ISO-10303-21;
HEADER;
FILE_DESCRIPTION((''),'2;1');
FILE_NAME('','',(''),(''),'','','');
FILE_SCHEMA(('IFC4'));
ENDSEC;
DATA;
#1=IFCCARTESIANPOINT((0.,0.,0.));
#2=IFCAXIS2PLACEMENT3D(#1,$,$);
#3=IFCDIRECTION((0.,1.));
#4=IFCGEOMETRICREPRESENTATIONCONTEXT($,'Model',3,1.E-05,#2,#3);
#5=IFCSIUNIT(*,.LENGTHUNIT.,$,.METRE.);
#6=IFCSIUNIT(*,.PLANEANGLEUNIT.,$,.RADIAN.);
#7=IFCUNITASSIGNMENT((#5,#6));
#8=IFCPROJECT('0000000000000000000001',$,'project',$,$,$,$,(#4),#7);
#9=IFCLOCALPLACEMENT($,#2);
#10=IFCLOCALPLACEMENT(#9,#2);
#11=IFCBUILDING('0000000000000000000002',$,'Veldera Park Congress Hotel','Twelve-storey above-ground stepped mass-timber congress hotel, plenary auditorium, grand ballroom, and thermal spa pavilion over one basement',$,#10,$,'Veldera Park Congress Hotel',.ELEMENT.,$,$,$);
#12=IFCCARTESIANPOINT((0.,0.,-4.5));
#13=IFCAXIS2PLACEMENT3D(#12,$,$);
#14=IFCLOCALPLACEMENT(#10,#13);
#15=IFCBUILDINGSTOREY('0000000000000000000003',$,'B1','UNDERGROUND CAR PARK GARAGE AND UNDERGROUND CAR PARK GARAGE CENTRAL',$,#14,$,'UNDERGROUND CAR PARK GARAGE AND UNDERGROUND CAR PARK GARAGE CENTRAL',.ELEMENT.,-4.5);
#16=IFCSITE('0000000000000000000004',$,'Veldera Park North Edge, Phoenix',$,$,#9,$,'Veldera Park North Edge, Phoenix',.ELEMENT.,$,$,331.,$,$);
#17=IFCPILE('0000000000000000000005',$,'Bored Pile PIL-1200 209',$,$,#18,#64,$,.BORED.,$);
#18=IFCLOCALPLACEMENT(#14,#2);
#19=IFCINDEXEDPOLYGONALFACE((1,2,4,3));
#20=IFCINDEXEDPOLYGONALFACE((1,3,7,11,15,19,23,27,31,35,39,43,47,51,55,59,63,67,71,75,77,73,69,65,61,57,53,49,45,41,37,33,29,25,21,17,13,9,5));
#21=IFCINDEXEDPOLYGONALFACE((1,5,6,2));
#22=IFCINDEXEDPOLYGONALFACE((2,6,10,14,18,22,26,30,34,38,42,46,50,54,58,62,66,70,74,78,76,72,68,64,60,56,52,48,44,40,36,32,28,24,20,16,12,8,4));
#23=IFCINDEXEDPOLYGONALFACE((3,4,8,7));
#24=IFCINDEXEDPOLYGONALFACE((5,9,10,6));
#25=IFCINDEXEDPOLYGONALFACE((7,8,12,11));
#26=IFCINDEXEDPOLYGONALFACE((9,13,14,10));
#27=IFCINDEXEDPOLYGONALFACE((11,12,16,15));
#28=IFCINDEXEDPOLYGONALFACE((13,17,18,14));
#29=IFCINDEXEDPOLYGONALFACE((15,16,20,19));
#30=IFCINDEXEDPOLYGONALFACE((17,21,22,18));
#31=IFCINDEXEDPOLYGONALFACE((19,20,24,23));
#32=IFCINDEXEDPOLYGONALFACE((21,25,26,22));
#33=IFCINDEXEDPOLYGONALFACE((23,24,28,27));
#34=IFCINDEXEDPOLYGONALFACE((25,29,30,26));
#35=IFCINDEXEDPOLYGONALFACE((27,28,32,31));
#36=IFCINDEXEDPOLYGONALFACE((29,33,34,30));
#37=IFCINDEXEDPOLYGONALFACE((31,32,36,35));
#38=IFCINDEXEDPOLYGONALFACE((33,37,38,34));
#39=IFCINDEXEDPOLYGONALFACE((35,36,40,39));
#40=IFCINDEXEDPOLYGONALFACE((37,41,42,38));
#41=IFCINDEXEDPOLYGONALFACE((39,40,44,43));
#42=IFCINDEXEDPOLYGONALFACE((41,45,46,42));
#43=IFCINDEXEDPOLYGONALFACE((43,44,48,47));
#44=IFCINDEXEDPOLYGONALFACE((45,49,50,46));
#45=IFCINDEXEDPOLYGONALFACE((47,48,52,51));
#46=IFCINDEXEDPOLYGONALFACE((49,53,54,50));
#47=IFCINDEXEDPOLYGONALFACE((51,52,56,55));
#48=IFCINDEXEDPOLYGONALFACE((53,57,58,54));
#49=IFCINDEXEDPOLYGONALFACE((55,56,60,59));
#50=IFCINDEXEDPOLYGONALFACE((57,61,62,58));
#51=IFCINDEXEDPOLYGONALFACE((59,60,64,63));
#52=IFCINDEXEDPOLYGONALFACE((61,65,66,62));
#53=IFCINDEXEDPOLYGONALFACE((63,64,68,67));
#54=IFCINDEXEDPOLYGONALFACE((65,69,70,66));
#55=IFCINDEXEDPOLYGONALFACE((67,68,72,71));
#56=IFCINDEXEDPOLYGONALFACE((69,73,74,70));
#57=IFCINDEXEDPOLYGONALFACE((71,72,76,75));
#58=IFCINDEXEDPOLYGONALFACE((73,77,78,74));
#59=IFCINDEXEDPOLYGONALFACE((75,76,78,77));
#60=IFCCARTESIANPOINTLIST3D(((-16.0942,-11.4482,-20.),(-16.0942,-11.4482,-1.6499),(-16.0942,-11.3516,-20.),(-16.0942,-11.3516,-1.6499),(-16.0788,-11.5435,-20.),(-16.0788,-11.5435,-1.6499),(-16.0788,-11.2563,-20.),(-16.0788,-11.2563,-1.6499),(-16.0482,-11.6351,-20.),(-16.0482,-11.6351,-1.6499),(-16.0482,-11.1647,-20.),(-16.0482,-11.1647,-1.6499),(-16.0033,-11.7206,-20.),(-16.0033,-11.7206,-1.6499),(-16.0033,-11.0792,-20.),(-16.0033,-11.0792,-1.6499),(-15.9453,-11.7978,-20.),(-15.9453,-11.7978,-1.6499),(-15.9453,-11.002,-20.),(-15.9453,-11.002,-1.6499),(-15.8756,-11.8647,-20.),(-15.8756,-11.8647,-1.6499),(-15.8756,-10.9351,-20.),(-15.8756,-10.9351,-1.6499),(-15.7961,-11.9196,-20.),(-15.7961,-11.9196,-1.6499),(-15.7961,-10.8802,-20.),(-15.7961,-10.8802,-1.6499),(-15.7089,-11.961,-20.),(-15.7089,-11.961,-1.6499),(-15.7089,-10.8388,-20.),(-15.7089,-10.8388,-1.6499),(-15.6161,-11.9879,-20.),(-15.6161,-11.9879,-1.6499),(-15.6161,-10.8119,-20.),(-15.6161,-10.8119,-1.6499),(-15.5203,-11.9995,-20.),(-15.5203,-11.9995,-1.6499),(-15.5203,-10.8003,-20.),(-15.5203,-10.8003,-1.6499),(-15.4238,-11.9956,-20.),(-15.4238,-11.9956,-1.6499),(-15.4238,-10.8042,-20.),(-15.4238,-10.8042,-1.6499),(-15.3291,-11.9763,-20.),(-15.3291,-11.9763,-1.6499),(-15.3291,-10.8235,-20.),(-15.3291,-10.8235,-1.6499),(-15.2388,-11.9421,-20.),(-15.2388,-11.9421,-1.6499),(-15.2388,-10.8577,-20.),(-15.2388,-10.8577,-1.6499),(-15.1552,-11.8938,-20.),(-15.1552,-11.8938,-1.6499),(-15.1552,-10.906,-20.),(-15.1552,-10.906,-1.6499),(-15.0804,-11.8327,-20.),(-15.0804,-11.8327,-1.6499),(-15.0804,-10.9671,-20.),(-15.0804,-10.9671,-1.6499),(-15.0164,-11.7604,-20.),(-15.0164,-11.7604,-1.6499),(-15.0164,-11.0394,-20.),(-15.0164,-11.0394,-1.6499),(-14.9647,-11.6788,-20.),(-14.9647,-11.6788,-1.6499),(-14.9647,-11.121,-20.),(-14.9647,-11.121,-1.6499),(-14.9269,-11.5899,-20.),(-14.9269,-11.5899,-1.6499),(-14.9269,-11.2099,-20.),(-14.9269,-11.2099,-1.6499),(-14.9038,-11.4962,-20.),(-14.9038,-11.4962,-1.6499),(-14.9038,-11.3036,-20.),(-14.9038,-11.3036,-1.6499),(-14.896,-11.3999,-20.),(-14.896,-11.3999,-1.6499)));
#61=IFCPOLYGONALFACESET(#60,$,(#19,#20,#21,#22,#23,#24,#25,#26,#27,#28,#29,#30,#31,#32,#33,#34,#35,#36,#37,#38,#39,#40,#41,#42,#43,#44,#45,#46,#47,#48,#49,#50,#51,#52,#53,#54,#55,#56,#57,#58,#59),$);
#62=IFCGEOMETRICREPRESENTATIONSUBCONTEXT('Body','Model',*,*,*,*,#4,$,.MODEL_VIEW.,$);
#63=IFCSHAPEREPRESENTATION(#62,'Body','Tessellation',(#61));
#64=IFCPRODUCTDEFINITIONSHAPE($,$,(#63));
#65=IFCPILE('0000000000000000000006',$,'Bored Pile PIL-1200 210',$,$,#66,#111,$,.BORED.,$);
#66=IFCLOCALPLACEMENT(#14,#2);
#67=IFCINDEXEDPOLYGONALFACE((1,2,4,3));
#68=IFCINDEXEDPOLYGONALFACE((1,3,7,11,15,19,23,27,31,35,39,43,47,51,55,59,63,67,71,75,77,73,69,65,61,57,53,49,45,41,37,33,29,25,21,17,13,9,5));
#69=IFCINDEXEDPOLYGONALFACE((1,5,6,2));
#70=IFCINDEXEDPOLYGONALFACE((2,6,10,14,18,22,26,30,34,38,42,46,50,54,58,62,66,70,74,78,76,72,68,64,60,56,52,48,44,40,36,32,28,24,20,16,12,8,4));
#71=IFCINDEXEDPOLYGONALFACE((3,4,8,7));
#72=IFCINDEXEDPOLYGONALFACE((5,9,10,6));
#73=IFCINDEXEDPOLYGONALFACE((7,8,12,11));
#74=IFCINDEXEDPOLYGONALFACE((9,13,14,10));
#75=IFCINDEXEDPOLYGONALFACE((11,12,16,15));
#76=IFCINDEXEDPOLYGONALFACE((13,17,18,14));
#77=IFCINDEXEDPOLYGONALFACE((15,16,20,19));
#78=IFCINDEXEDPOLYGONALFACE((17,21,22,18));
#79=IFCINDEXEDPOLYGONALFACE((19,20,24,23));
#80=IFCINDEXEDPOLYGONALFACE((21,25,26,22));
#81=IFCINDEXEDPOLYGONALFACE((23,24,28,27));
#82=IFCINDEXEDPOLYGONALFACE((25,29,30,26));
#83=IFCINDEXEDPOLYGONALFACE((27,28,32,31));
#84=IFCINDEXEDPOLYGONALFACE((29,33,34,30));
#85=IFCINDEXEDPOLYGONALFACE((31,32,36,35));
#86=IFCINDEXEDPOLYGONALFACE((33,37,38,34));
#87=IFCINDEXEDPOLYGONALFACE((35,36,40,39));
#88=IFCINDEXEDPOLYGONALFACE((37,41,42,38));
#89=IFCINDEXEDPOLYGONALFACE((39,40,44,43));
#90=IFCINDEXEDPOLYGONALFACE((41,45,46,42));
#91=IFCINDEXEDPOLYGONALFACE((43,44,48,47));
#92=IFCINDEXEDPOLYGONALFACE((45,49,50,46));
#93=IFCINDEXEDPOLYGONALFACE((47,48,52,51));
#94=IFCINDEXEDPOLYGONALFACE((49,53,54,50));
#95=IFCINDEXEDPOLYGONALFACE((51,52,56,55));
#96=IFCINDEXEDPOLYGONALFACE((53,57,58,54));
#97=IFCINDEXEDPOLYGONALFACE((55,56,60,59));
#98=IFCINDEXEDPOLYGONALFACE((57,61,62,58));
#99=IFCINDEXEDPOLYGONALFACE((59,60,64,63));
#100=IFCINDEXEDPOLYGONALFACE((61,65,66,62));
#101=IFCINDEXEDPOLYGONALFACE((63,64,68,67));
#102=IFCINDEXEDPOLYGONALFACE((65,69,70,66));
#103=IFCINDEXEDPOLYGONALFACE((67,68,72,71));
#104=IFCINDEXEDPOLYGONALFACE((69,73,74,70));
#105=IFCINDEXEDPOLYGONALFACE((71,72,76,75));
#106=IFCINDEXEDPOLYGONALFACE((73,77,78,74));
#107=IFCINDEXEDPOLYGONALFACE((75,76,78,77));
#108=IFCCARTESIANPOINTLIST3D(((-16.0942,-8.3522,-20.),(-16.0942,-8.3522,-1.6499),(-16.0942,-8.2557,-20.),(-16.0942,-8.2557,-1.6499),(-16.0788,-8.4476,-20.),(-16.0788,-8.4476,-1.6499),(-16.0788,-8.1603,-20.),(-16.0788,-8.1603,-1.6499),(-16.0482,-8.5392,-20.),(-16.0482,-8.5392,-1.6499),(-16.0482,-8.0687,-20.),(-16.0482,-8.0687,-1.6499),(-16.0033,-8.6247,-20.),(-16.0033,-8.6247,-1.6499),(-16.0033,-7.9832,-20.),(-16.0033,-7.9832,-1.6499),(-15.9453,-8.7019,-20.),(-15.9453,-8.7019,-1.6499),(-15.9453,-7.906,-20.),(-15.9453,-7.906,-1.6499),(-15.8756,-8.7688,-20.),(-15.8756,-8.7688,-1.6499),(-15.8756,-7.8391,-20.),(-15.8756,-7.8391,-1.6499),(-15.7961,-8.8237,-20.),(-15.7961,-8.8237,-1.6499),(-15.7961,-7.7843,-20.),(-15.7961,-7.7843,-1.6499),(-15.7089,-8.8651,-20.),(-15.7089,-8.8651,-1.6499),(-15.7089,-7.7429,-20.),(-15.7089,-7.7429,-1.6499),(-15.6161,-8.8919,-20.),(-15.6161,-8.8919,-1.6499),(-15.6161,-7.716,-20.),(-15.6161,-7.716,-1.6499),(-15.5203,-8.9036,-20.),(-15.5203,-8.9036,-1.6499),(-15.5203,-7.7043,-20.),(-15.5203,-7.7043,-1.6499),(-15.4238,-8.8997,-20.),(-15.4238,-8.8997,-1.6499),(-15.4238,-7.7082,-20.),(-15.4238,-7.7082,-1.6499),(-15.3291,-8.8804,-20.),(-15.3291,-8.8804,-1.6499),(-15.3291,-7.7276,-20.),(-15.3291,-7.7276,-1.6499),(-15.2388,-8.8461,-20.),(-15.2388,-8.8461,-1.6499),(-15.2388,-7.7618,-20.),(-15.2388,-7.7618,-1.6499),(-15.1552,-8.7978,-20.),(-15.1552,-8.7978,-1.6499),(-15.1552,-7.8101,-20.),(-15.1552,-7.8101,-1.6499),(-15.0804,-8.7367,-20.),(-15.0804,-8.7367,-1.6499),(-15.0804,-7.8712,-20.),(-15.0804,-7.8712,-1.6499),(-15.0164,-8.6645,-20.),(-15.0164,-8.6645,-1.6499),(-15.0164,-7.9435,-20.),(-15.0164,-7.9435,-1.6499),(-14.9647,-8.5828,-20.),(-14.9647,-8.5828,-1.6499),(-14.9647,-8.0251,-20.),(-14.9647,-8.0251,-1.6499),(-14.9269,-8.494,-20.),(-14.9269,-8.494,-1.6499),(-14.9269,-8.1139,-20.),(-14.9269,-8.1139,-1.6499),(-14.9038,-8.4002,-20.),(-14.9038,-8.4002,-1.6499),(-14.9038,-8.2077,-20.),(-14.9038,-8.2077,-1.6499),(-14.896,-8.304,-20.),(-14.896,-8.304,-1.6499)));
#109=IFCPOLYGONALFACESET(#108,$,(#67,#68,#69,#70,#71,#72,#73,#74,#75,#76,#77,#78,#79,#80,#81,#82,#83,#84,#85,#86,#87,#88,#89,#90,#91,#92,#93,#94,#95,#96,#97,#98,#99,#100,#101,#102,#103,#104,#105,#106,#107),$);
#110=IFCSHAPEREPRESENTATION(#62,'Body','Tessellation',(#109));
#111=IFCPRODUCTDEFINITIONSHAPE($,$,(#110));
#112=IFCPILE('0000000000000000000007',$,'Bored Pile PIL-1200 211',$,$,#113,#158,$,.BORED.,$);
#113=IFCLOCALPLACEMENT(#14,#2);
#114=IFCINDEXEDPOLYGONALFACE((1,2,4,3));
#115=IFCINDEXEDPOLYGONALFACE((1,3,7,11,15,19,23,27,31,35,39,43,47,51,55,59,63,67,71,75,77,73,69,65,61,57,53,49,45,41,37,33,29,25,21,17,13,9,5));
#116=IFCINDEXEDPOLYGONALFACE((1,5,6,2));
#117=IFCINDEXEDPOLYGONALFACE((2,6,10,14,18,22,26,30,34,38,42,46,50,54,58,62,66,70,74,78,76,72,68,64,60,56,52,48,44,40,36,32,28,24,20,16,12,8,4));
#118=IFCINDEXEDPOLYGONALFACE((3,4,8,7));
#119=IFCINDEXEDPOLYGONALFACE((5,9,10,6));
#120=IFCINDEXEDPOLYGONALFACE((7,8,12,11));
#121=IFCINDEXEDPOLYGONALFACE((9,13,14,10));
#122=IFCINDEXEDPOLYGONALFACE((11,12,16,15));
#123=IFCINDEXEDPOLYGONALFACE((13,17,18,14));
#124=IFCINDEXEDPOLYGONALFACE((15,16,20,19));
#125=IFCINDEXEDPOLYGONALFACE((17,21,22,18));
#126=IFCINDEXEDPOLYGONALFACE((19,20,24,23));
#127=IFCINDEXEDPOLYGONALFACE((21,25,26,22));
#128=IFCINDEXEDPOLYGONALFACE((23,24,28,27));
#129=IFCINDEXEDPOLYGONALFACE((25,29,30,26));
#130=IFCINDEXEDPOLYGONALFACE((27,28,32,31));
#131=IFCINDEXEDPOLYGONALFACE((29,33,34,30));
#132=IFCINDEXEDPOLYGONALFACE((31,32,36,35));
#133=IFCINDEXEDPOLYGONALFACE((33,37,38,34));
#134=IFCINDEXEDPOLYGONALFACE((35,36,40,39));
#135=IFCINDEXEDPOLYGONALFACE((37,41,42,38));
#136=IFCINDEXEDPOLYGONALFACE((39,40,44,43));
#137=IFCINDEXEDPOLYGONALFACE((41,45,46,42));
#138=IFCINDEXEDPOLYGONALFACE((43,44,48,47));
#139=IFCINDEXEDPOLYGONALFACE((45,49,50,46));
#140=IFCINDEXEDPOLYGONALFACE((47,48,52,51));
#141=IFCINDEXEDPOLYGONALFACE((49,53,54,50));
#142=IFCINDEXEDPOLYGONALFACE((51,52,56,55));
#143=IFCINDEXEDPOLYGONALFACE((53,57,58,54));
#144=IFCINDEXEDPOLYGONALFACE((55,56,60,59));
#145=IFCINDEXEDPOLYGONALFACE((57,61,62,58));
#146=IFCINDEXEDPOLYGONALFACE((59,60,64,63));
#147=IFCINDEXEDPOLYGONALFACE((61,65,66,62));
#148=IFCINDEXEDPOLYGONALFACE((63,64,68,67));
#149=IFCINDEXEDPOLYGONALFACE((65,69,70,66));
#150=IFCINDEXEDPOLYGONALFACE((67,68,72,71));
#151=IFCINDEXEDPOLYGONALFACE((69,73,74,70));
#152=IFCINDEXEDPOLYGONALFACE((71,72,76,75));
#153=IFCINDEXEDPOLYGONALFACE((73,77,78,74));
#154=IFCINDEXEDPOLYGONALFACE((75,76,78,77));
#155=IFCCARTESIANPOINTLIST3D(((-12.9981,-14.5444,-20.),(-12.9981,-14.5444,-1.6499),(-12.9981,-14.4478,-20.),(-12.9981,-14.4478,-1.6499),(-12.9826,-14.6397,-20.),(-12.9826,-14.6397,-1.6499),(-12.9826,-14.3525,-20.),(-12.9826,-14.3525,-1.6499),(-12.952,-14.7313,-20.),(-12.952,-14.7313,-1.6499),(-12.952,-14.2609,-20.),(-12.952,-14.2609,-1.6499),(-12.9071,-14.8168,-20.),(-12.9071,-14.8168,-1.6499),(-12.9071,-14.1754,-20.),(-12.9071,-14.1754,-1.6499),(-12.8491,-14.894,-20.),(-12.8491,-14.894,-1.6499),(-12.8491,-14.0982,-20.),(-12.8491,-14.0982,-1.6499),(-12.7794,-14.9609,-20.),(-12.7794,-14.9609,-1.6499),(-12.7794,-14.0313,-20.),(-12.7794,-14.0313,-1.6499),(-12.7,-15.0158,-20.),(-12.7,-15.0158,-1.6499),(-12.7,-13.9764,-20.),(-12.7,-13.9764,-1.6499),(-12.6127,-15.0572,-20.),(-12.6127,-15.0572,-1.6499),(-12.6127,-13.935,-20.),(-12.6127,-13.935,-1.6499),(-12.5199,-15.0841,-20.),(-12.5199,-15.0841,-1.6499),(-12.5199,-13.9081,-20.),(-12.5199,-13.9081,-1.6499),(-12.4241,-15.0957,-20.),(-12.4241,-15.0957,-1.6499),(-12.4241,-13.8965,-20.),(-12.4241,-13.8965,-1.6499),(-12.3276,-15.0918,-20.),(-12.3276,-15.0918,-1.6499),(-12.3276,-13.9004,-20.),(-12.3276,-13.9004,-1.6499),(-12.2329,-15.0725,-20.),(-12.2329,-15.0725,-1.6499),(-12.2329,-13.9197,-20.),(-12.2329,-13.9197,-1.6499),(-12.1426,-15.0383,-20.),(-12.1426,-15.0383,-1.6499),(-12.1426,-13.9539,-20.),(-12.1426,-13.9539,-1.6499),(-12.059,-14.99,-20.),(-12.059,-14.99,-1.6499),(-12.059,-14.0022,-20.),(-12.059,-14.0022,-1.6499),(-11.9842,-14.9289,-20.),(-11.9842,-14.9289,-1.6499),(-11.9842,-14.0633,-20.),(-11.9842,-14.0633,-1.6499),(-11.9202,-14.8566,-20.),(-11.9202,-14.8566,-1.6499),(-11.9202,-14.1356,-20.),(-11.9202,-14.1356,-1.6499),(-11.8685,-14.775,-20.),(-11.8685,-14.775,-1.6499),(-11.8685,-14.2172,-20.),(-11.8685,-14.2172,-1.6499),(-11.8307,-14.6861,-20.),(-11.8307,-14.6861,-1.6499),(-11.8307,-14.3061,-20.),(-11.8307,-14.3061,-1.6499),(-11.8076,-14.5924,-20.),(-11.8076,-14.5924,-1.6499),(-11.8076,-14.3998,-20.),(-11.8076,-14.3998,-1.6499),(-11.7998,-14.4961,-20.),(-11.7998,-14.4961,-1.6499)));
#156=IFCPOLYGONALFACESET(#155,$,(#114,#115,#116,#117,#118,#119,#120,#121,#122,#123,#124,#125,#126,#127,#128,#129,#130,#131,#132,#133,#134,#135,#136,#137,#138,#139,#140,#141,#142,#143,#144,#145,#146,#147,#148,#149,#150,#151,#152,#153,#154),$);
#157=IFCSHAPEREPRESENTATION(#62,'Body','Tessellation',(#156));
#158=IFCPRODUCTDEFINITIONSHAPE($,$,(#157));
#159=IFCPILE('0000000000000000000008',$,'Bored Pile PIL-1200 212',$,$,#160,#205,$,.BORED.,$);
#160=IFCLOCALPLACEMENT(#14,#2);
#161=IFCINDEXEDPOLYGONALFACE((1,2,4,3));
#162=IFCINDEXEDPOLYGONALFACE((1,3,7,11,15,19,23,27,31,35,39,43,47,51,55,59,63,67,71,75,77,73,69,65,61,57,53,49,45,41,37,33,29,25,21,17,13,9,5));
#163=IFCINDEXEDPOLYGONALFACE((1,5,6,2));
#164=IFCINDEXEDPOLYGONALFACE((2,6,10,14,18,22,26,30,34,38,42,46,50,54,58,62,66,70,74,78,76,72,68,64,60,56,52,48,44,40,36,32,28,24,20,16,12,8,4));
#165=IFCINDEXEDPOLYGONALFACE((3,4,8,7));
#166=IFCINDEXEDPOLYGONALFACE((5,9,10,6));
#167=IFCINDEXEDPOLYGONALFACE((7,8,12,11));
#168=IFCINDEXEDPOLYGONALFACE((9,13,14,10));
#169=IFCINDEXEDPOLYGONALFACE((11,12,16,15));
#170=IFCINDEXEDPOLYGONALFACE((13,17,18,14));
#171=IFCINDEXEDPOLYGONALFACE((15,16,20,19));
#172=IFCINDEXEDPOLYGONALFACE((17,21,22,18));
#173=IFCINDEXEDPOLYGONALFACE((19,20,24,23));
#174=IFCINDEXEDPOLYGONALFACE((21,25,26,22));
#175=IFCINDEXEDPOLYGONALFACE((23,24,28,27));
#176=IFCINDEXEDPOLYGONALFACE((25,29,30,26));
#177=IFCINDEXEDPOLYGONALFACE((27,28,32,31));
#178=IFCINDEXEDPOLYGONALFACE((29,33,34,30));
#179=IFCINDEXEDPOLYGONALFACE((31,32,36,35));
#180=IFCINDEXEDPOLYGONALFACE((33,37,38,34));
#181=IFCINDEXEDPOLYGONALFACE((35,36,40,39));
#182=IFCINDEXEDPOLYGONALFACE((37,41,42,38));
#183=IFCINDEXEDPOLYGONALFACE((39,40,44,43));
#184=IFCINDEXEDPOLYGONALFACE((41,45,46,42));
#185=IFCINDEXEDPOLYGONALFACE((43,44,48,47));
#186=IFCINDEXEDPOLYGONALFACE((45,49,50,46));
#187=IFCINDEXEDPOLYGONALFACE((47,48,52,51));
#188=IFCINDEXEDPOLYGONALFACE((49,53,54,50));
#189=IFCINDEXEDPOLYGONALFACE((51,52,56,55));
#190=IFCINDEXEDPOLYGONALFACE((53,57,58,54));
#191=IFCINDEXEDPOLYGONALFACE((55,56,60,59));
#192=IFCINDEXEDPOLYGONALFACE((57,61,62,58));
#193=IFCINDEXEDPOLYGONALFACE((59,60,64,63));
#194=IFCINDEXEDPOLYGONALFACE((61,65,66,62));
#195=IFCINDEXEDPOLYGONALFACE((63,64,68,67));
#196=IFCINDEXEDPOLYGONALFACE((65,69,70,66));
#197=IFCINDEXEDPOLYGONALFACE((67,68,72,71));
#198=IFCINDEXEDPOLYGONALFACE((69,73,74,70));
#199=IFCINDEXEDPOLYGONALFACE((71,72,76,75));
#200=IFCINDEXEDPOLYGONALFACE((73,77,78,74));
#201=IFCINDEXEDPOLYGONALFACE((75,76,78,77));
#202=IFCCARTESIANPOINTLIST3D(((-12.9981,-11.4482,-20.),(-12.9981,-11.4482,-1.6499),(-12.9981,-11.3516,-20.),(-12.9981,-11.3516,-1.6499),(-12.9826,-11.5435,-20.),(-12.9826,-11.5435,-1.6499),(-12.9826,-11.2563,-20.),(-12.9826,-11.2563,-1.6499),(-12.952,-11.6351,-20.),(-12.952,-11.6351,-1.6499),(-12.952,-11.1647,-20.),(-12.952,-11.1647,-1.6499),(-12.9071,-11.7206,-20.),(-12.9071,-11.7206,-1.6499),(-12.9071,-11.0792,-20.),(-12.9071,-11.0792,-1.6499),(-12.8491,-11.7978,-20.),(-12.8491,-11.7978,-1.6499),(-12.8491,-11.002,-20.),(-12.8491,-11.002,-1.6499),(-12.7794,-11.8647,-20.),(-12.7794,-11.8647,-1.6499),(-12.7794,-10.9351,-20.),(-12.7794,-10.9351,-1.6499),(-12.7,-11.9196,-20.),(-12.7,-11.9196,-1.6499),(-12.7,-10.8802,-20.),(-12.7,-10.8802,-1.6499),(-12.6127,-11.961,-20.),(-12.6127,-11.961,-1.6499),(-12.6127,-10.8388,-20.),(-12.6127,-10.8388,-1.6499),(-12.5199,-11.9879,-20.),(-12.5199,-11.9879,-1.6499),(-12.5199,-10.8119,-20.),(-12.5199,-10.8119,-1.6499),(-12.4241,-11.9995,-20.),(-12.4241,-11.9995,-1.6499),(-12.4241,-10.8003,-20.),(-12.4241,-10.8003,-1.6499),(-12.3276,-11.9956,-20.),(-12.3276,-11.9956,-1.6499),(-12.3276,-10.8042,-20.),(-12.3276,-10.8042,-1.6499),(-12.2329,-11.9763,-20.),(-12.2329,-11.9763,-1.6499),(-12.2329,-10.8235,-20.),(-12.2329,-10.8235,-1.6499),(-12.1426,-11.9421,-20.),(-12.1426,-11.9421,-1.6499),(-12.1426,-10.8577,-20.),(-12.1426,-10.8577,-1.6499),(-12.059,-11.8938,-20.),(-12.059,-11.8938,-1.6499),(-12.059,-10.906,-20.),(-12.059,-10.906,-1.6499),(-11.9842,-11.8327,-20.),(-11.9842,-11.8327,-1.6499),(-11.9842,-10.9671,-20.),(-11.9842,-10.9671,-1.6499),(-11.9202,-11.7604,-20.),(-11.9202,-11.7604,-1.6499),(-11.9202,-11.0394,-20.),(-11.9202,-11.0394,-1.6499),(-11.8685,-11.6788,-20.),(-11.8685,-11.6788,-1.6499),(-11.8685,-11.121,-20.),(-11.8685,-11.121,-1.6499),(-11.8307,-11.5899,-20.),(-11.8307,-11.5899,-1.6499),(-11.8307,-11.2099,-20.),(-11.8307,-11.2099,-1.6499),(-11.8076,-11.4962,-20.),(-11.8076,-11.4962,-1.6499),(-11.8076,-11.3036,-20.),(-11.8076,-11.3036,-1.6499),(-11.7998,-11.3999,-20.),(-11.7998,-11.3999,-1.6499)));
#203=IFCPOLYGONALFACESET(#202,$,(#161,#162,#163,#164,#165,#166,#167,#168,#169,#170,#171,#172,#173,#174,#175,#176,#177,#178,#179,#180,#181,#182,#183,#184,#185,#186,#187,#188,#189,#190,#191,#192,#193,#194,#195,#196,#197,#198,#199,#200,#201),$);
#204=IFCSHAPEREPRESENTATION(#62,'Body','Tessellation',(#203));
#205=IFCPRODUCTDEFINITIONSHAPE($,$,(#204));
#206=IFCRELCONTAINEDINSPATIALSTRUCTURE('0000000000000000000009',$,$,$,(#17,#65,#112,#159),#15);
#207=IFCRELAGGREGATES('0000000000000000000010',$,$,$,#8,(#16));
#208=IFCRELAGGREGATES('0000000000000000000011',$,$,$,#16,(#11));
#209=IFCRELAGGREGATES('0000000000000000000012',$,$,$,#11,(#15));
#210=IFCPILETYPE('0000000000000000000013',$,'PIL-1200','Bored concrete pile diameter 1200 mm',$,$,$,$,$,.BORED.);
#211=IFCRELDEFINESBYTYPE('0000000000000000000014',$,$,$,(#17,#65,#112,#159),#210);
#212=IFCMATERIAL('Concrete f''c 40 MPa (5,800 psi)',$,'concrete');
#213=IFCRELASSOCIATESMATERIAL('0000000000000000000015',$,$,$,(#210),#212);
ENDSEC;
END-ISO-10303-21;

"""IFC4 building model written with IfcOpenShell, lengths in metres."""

from ifc_helpers import new_model, si_unit, direction, frame, origin, origin_2d, place, context, subcontext, project, spatial, circle, extrude, material, material_profile, profile_set, type_object, element, save


model = new_model("IFC4")

# Units and contexts
model_context = context("Model", 3, precision=1e-05, world=origin(), true_north=direction((0.0, 1.0)))
body_context = subcontext(model_context, "Body", "Model", "MODEL_VIEW")
ifc_project = project(units=[si_unit("LENGTHUNIT", "METRE"), si_unit("PLANEANGLEUNIT", "RADIAN")], contexts=[model_context])

# Site, building, storey
site_placement = place(None, origin())
site = spatial("IfcSite", under=ifc_project, at=site_placement, Name="Veldera Park North Edge, Phoenix", LongName="Veldera Park North Edge, Phoenix", CompositionType="ELEMENT", RefElevation=331.0)
building_placement = place(site_placement, origin())
building = spatial("IfcBuilding", under=site, at=building_placement, Name="Veldera Park Congress Hotel", Description="Twelve-storey above-ground stepped mass-timber congress hotel, plenary auditorium, grand ballroom, and thermal spa pavilion over one basement", LongName="Veldera Park Congress Hotel", CompositionType="ELEMENT")
storey_placement = place(building_placement, frame((0.0, 0.0, -4.5)))
storey = spatial("IfcBuildingStorey", under=building, at=storey_placement, Name="B1", Description="UNDERGROUND CAR PARK GARAGE AND UNDERGROUND CAR PARK GARAGE CENTRAL", LongName="UNDERGROUND CAR PARK GARAGE AND UNDERGROUND CAR PARK GARAGE CENTRAL", CompositionType="ELEMENT", Elevation=-4.5)

# Shared definitions
ifc_material_1 = material(Name="Concrete f'c 40 MPa (5,800 psi)", Category="concrete")

# Piles
ifc_material_profile_1 = material_profile(ifc_material_1, circle(Radius=0.6001, at=origin_2d()), Name="PILE D1200")
ifc_profile_set_1 = profile_set([ifc_material_profile_1], Name="Concrete f'c 40 MPa (5,800 psi)")
pile_type = type_object("IfcPileType", Name="PIL-1200", Description="Bored concrete pile diameter 1200 mm", PredefinedType="BORED", material=ifc_profile_set_1)
for number, where, z_axis, x_axis, name in (
    (1, (-15.4961, -11.3999, -1.6499), (0.0, 0.0, -1.0), (1.0, 0.0, 0.0), "Bored Pile PIL-1200 209"),
    (2, (-15.4961, -8.304, -1.6499), (0.0, 0.0, -1.0), (1.0, 0.0, 0.0), "Bored Pile PIL-1200 210"),
    (3, (-12.3999, -14.4961, -1.6499), (0.0, 0.0, -1.0), (1.0, 0.0, 0.0), "Bored Pile PIL-1200 211"),
    (4, (-12.3999, -11.3999, -1.6499), (0.0, 0.0, -1.0), (1.0, 0.0, 0.0), "Bored Pile PIL-1200 212"),
):
    element("IfcPile", number, at=place(storey_placement, frame(where, z_axis=z_axis, x_axis=x_axis)), inside=storey, type_object=pile_type, Name=name, PredefinedType="BORED", context=body_context, shape_type="SweptSolid", body=[
        extrude(circle(Radius=0.6001, at=origin_2d()), origin(), (0.0, 0.0, 1.0), 18.3501),
    ])

save(model, "model.ifc")
